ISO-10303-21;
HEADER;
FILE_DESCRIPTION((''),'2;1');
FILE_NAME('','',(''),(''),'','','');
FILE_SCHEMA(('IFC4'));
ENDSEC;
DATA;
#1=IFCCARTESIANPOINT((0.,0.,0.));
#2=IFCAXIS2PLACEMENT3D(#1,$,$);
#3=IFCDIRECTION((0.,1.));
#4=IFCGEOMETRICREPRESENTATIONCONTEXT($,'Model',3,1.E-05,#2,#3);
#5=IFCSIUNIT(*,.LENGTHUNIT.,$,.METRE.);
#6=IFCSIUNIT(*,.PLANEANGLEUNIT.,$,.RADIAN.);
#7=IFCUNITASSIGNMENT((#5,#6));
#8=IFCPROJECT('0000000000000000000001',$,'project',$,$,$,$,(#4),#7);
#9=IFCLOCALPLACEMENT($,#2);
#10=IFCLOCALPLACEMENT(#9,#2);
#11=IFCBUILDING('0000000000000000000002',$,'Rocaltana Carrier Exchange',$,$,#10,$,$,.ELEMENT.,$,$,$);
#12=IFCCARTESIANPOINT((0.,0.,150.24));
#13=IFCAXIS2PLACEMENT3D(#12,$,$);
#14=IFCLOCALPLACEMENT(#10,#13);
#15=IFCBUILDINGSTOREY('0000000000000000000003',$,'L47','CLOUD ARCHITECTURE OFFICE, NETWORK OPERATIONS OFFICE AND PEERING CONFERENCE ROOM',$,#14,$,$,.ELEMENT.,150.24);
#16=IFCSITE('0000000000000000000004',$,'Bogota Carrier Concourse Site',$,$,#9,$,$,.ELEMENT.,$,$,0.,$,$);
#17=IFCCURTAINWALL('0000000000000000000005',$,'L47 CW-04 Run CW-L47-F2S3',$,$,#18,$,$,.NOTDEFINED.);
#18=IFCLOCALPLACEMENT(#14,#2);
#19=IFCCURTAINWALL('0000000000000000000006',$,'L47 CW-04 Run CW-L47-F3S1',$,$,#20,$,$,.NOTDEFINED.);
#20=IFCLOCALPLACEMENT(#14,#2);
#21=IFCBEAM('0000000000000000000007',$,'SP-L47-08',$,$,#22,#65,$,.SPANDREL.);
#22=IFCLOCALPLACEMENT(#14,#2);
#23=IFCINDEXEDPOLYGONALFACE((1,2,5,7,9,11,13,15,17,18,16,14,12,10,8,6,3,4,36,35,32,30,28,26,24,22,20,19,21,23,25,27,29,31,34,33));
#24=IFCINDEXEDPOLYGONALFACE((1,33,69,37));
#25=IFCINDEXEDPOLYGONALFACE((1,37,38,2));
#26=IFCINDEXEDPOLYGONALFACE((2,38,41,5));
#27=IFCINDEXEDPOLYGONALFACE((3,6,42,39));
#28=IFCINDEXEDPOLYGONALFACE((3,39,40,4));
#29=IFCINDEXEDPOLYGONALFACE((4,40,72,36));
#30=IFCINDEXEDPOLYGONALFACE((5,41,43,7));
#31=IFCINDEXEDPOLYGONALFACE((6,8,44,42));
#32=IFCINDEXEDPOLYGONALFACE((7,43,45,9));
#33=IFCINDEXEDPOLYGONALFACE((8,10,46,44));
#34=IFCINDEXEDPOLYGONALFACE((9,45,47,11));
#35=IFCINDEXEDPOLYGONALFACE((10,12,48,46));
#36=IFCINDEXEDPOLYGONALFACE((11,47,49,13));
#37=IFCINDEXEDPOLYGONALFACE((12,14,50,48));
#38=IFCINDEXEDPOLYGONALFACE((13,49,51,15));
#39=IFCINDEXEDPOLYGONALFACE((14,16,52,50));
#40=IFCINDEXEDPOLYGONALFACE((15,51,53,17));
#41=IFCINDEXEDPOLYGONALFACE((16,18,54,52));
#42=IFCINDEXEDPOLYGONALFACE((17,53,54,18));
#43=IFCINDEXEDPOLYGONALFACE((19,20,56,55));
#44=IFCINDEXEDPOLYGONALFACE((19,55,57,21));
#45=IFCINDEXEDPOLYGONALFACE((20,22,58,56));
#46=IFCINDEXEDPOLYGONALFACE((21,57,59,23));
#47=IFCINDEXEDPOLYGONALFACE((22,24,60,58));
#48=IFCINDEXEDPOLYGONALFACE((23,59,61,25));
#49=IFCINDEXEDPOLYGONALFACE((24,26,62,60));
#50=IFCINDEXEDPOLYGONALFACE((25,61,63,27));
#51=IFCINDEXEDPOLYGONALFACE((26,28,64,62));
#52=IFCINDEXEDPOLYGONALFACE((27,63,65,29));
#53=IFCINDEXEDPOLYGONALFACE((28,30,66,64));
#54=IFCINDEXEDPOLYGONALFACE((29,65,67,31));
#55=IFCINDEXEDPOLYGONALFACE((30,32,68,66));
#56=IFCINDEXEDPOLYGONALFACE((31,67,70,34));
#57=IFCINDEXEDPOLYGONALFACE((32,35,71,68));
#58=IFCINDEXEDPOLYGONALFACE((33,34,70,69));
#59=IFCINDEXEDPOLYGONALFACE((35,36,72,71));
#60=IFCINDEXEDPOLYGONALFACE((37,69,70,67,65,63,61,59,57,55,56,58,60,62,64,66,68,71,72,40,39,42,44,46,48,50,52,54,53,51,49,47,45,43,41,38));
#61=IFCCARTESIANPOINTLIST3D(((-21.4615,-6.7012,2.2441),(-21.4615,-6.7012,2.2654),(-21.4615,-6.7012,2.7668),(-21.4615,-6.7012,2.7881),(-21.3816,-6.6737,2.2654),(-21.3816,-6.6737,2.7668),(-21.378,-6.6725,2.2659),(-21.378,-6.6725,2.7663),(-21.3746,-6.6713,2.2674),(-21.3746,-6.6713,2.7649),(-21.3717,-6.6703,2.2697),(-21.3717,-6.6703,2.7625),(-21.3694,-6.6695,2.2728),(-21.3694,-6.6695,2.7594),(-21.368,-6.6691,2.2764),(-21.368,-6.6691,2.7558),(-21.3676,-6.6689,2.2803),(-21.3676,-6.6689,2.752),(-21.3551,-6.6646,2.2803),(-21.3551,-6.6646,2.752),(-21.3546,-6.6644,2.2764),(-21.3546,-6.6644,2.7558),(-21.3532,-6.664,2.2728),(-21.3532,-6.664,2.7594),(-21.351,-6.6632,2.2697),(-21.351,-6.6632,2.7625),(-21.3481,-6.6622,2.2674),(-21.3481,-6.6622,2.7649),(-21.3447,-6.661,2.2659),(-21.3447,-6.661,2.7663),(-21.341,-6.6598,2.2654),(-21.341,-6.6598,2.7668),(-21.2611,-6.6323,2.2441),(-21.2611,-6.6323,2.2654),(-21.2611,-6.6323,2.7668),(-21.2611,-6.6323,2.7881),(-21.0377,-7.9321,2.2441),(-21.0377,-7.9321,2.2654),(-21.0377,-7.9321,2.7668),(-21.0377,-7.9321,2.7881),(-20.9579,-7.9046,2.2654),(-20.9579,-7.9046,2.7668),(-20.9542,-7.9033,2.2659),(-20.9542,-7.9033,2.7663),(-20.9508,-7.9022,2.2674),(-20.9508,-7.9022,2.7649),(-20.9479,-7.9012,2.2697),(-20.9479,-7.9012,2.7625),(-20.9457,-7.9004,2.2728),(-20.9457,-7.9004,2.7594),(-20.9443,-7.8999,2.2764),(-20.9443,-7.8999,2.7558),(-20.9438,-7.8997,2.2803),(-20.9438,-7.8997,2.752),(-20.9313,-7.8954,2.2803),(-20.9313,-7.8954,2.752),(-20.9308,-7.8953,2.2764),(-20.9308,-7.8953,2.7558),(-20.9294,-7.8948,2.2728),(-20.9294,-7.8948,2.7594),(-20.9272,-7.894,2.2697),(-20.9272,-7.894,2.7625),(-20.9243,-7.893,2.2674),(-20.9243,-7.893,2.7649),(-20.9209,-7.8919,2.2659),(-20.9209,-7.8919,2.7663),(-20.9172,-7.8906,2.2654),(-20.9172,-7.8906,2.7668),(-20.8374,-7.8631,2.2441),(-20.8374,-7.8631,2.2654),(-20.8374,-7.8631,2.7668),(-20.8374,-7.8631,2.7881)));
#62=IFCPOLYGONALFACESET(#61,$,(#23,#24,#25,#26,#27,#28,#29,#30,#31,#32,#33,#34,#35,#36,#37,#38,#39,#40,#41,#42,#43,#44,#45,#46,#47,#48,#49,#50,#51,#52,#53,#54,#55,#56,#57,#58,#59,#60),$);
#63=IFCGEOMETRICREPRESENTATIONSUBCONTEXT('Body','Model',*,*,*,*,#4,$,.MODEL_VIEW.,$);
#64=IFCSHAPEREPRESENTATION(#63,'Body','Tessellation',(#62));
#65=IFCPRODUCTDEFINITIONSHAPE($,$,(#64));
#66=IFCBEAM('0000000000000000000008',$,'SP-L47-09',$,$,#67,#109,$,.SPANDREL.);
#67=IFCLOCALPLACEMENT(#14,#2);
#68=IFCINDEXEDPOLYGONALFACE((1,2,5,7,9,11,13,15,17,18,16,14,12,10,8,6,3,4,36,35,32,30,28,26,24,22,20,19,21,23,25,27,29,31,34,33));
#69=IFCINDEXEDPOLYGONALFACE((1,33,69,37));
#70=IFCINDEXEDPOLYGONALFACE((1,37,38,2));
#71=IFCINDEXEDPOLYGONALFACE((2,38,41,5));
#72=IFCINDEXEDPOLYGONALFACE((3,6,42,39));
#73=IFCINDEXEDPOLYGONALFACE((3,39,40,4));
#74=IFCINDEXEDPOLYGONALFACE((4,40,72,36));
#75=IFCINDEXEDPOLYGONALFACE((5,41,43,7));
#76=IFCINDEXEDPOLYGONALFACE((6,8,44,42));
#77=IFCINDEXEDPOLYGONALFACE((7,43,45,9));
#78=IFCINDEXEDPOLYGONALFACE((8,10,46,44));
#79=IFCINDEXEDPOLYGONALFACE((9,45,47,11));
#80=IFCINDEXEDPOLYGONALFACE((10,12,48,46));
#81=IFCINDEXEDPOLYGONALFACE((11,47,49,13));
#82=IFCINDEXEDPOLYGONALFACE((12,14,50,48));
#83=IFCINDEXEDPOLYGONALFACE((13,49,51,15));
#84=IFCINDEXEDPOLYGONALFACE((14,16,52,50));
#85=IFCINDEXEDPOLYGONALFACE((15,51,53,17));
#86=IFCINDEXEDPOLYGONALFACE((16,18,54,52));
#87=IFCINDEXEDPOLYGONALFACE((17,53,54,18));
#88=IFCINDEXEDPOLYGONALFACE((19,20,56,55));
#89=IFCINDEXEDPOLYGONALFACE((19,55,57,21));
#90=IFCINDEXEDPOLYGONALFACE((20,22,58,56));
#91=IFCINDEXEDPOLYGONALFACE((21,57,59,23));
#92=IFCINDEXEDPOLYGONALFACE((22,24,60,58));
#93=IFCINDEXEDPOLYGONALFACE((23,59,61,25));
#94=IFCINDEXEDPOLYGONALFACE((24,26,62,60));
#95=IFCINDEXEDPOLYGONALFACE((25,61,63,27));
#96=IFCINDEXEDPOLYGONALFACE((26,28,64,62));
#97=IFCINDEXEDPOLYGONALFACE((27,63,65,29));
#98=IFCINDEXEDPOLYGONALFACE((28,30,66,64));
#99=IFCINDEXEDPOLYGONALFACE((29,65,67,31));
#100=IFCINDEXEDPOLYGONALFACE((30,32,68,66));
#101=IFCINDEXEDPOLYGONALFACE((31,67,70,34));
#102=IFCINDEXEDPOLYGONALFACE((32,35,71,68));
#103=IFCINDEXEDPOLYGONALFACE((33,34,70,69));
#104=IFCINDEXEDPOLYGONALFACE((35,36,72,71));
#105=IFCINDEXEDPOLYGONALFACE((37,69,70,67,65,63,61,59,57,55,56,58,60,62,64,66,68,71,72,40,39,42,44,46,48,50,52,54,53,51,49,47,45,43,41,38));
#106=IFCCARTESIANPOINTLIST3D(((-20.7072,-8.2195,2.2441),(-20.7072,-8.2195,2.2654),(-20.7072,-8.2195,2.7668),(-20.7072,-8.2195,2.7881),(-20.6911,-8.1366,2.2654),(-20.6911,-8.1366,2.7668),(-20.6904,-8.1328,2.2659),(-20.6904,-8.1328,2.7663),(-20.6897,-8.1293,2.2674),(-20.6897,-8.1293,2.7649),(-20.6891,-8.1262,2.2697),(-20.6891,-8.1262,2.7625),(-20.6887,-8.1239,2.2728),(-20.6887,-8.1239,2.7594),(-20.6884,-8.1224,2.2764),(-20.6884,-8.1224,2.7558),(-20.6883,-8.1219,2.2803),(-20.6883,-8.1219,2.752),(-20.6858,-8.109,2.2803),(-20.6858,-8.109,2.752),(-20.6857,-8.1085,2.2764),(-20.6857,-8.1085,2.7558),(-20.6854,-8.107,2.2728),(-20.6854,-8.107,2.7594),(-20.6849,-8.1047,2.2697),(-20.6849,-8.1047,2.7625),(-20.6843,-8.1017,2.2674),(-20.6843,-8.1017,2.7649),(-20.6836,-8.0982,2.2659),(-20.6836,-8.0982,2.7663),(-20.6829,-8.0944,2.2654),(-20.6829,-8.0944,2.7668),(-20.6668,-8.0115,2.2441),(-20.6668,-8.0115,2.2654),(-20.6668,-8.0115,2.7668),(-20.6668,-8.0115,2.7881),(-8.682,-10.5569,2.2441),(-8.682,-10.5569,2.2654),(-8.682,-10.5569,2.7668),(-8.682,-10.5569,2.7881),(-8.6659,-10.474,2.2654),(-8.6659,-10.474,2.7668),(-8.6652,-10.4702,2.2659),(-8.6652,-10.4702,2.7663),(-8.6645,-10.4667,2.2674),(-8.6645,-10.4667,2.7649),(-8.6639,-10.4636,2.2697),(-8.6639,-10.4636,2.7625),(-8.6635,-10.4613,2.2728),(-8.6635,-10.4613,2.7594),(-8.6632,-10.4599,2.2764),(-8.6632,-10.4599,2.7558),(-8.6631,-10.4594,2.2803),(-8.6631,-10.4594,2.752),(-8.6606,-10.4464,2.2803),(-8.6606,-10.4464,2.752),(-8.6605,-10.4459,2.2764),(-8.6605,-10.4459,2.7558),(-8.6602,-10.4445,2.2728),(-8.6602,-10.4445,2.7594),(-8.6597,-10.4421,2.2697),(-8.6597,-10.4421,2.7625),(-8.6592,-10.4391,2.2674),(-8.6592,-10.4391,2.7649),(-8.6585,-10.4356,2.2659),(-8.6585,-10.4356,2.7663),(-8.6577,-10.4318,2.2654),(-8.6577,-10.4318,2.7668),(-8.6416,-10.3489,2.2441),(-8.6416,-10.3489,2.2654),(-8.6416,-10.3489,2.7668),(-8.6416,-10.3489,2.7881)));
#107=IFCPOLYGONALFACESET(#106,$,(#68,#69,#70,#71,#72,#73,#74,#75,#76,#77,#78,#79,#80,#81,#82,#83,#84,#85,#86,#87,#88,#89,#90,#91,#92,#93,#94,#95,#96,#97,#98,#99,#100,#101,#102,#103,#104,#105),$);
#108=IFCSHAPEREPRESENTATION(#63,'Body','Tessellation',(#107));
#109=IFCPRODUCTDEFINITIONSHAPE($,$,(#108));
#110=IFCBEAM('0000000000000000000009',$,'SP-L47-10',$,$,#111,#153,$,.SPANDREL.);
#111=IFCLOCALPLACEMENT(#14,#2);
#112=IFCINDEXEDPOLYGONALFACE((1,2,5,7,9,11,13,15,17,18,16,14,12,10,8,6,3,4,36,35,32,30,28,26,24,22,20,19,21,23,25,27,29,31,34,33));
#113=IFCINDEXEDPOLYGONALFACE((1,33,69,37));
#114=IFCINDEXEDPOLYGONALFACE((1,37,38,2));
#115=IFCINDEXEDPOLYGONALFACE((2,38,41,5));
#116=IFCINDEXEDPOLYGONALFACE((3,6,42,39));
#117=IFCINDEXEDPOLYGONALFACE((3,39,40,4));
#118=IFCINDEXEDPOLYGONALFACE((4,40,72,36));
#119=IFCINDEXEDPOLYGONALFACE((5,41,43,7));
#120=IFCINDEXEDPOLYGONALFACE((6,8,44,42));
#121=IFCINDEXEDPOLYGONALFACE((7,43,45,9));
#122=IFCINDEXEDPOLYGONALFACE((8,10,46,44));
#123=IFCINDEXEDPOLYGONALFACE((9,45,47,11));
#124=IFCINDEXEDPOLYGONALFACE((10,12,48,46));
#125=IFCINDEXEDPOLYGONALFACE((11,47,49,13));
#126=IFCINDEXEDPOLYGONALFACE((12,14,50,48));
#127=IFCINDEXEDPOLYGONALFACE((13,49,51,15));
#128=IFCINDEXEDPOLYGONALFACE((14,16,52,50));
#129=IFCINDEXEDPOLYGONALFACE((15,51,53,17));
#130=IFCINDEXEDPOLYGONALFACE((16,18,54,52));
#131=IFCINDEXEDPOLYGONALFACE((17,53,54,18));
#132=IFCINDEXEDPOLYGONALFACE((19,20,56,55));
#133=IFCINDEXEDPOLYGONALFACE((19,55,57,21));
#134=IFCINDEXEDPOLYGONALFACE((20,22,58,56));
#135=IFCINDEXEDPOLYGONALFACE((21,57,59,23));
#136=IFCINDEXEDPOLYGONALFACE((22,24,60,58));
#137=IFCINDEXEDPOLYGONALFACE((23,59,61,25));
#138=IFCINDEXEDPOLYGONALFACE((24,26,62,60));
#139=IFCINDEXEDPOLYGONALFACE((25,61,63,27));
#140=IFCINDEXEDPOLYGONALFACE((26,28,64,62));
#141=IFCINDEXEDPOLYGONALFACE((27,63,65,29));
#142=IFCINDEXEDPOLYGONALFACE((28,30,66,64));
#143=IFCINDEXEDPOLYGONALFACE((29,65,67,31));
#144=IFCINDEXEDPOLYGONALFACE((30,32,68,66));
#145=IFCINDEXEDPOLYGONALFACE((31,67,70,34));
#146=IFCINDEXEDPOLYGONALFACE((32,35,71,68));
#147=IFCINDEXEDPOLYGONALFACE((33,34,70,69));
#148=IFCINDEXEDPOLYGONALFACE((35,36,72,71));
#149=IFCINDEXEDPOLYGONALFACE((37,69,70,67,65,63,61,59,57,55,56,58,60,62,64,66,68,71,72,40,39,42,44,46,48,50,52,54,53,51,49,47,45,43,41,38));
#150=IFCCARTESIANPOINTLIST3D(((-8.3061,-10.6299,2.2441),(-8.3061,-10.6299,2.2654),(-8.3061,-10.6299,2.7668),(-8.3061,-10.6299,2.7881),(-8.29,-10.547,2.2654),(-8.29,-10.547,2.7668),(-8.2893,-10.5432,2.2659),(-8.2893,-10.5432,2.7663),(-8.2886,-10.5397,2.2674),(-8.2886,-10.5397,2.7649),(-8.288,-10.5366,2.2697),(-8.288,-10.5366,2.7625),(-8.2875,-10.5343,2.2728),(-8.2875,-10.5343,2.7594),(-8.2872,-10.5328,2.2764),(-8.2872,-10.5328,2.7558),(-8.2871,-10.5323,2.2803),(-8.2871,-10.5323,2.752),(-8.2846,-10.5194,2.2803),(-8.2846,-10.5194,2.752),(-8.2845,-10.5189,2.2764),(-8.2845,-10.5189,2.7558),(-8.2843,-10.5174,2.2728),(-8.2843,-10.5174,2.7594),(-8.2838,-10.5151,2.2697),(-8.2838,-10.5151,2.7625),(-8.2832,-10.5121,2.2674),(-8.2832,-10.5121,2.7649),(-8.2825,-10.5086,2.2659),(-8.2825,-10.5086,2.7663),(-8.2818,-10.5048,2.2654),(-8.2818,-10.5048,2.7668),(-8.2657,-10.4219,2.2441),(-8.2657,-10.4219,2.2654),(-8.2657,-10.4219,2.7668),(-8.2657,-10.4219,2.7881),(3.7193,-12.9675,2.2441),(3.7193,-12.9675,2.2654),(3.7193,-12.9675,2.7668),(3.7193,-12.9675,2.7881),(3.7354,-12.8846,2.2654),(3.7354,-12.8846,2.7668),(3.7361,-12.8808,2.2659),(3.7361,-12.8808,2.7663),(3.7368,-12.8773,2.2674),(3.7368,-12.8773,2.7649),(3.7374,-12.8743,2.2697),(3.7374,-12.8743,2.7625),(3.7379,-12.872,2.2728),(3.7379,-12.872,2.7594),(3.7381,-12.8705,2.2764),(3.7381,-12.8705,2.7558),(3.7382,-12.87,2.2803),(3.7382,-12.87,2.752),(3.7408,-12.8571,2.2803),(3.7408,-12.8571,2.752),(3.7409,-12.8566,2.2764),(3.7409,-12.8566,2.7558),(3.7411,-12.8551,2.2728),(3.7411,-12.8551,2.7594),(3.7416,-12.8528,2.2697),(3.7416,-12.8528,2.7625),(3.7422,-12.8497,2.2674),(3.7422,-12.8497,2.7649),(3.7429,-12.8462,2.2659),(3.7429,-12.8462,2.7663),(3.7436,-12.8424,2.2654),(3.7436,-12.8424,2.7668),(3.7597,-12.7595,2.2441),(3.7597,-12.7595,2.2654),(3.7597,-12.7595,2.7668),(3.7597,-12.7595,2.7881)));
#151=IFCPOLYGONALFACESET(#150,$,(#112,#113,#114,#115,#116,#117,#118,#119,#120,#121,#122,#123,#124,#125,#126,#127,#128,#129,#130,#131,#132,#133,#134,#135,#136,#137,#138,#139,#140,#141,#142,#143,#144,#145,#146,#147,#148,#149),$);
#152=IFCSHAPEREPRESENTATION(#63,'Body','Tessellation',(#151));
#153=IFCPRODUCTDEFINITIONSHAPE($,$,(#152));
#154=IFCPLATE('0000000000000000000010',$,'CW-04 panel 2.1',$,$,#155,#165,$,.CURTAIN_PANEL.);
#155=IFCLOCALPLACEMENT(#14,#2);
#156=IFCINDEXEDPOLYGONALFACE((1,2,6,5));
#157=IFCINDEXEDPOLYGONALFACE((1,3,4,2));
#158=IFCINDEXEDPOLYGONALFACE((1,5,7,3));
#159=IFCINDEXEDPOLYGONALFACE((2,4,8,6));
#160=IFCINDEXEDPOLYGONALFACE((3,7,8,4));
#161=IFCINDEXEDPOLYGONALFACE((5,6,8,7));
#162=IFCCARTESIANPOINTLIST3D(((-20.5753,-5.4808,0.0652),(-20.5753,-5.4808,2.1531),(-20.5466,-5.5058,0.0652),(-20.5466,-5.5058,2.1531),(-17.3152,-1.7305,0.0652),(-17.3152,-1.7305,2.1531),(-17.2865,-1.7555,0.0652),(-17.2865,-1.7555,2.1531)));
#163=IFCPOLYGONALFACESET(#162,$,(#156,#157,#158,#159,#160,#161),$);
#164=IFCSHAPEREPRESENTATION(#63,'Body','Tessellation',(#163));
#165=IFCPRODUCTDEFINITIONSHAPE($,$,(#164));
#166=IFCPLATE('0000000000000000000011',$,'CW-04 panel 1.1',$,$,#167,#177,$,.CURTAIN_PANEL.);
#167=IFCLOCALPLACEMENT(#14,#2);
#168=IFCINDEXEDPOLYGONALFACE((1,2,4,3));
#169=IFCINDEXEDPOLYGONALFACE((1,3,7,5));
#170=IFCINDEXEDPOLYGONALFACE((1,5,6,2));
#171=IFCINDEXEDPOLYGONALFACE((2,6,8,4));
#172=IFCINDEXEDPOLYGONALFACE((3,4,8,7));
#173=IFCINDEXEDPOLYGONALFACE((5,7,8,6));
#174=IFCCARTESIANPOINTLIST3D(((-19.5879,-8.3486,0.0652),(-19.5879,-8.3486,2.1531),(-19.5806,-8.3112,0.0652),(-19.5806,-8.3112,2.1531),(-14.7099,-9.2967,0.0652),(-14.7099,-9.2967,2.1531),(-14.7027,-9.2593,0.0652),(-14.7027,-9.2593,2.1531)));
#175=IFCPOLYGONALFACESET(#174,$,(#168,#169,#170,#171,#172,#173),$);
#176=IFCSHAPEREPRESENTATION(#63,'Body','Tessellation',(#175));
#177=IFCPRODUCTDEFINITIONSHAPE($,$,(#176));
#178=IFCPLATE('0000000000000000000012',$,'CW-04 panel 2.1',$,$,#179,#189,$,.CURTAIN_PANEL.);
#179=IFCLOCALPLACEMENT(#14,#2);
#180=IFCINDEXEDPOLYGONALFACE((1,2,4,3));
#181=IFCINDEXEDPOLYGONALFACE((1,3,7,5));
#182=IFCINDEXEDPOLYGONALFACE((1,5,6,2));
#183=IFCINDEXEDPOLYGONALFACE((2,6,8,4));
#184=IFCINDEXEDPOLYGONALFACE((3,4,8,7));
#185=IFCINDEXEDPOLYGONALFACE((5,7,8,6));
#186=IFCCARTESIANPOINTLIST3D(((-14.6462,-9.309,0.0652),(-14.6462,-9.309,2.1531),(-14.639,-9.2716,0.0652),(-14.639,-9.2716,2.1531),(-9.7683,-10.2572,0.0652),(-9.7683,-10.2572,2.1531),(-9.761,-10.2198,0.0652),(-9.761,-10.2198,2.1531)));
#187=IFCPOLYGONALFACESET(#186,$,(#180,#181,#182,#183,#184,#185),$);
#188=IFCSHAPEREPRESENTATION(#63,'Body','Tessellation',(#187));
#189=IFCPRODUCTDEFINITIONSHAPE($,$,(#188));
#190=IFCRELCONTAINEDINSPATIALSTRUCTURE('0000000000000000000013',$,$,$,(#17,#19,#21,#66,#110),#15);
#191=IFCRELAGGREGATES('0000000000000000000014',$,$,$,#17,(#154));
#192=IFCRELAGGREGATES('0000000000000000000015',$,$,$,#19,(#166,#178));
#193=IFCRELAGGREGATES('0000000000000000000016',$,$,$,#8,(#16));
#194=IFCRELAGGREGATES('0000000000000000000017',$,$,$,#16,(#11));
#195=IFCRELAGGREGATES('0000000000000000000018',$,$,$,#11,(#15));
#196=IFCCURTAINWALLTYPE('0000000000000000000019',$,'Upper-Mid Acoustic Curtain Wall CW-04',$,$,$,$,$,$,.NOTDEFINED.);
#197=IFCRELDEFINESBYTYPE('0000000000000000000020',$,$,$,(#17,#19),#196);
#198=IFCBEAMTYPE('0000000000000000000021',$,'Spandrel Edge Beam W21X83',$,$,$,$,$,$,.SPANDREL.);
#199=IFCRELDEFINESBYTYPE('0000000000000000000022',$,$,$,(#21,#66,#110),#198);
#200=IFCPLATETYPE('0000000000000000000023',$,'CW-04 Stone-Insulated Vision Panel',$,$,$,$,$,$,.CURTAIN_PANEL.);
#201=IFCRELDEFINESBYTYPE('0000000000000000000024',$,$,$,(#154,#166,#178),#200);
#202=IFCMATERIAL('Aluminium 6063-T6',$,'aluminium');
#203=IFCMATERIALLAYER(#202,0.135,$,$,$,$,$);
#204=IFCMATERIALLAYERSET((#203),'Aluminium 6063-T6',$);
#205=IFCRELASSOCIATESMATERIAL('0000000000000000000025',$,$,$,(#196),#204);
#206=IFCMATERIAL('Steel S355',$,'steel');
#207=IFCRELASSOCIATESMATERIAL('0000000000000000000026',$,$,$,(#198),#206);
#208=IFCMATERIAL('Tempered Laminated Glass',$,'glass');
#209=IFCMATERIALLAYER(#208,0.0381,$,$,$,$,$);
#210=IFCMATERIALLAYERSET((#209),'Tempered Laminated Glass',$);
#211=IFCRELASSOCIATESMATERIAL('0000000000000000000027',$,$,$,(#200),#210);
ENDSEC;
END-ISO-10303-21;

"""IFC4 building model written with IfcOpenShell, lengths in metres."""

from ifc_helpers import new_model, si_unit, direction, frame, origin, origin_2d, place, context, subcontext, project, spatial, rectangle, i_section, extrude, material, layer, layer_set, material_profile, profile_set, type_object, element, aggregate, save


model = new_model("IFC4")

# Units and contexts
model_context = context("Model", 3, precision=1e-05, world=origin(), true_north=direction((0.0, 1.0)))
body_context = subcontext(model_context, "Body", "Model", "MODEL_VIEW")
ifc_project = project(units=[si_unit("LENGTHUNIT", "METRE"), si_unit("PLANEANGLEUNIT", "RADIAN")], contexts=[model_context])

# Site, building, storey
site_placement = place(None, origin())
site = spatial("IfcSite", under=ifc_project, at=site_placement, Name="Bogota Carrier Concourse Site", CompositionType="ELEMENT", RefElevation=0.0)
building_placement = place(site_placement, origin())
building = spatial("IfcBuilding", under=site, at=building_placement, Name="Rocaltana Carrier Exchange", CompositionType="ELEMENT")
storey_placement = place(building_placement, frame((0.0, 0.0, 150.24)))
storey = spatial("IfcBuildingStorey", under=building, at=storey_placement, Name="L47", Description="CLOUD ARCHITECTURE OFFICE, NETWORK OPERATIONS OFFICE AND PEERING CONFERENCE ROOM", CompositionType="ELEMENT", Elevation=150.24)

# Curtain walls
ifc_material_1 = material(Name="Aluminium 6063-T6", Category="aluminium")
ifc_layer_1 = layer(ifc_material_1, 0.135)
ifc_layer_set_1 = layer_set([ifc_layer_1], Name="Aluminium 6063-T6")
curtain_wall_type = type_object("IfcCurtainWallType", Name="Upper-Mid Acoustic Curtain Wall CW-04", PredefinedType="NOTDEFINED", material=ifc_layer_set_1)
curtain_wall_1_placement = place(storey_placement, origin())
curtain_wall_1 = element("IfcCurtainWall", 1, at=curtain_wall_1_placement, inside=storey, type_object=curtain_wall_type, Name="L47 CW-04 Run CW-L47-F2S3", PredefinedType="NOTDEFINED")
curtain_wall_2_placement = place(storey_placement, origin())
curtain_wall_2 = element("IfcCurtainWall", 2, at=curtain_wall_2_placement, inside=storey, type_object=curtain_wall_type, Name="L47 CW-04 Run CW-L47-F3S1", PredefinedType="NOTDEFINED")

# Beams
ifc_material_2 = material(Name="Steel S355", Category="steel")
ifc_material_profile_1 = material_profile(ifc_material_2, i_section(OverallWidth=0.2119, OverallDepth=0.5439, WebThickness=0.0132, FlangeThickness=0.0212, FilletRadius=0.0149, at=origin_2d()), Name="W21X83")
ifc_profile_set_1 = profile_set([ifc_material_profile_1], Name="Steel S355")
beam_type_1 = type_object("IfcBeamType", Name="Spandrel Edge Beam W21X83", PredefinedType="SPANDREL", material=ifc_profile_set_1)
beam_1_placement = place(storey_placement, frame((-21.3613, -6.6667, 2.5161), z_axis=(0.325551, -0.945524, 0.0), x_axis=(0.945524, 0.325551, 0.0)))
element("IfcBeam", 3, at=beam_1_placement, inside=storey, type_object=beam_type_1, Name="SP-L47-08", PredefinedType="SPANDREL", context=body_context, shape_type="SweptSolid", body=[
    extrude(i_section(OverallWidth=0.2119, OverallDepth=0.5439, WebThickness=0.0132, FlangeThickness=0.0212, FilletRadius=0.0149, at=origin_2d()), origin(), (0.0, 0.0, 1.0), 1.3018),
])
beam_2_placement = place(storey_placement, frame((-20.687, -8.1155, 2.5161), z_axis=(0.981628, -0.190805, 0.0), x_axis=(0.190805, 0.981628, 0.0)))
element("IfcBeam", 4, at=beam_2_placement, inside=storey, type_object=beam_type_1, Name="SP-L47-09", PredefinedType="SPANDREL", context=body_context, shape_type="SweptSolid", body=[
    extrude(i_section(OverallWidth=0.2119, OverallDepth=0.5439, WebThickness=0.0132, FlangeThickness=0.0212, FilletRadius=0.0149, at=origin_2d()), origin(), (0.0, 0.0, 1.0), 12.2502),
])
beam_3_placement = place(storey_placement, frame((-8.2859, -10.5259, 2.5161), z_axis=(0.981625, -0.190821, 0.0), x_axis=(0.190821, 0.981625, 0.0)))
element("IfcBeam", 5, at=beam_3_placement, inside=storey, type_object=beam_type_1, Name="SP-L47-10", PredefinedType="SPANDREL", context=body_context, shape_type="SweptSolid", body=[
    extrude(i_section(OverallWidth=0.2119, OverallDepth=0.5439, WebThickness=0.0132, FlangeThickness=0.0212, FilletRadius=0.0149, at=origin_2d()), origin(), (0.0, 0.0, 1.0), 12.2505),
])

# Plates
ifc_material_3 = material(Name="Tempered Laminated Glass", Category="glass")
ifc_layer_2 = layer(ifc_material_3, 0.0381)
ifc_layer_set_2 = layer_set([ifc_layer_2], Name="Tempered Laminated Glass")
plate_type = type_object("IfcPlateType", Name="CW-04 Stone-Insulated Vision Panel", PredefinedType="CURTAIN_PANEL", material=ifc_layer_set_2)
plate_1_placement = place(storey_placement, frame((-18.9309, -3.6182, 0.0652), z_axis=(0.0, 0.0, 1.0), x_axis=(-0.656057, -0.754712, 0.0)))
plate_1 = element("IfcPlate", 6, at=plate_1_placement, type_object=plate_type, Name="CW-04 panel 2.1", PredefinedType="CURTAIN_PANEL", context=body_context, shape_type="SweptSolid", body=[
    extrude(rectangle(XDim=4.9692, YDim=0.0381, at=origin_2d()), origin(), (0.0, 0.0, 1.0), 2.0879),
])
aggregate(curtain_wall_1, [plate_1])
plate_2_placement = place(storey_placement, frame((-17.1453, -8.804, 0.0652), z_axis=(0.0, 0.0, 1.0), x_axis=(0.981628, -0.190803, 0.0)))
plate_2 = element("IfcPlate", 7, at=plate_2_placement, type_object=plate_type, Name="CW-04 panel 1.1", PredefinedType="CURTAIN_PANEL", context=body_context, shape_type="SweptSolid", body=[
    extrude(rectangle(XDim=4.9692, YDim=0.0381, at=origin_2d()), origin(), (0.0, 0.0, 1.0), 2.0879),
])
plate_3_placement = place(storey_placement, frame((-12.2036, -9.7644, 0.0652), z_axis=(0.0, 0.0, 1.0), x_axis=(0.981628, -0.190803, 0.0)))
plate_3 = element("IfcPlate", 8, at=plate_3_placement, type_object=plate_type, Name="CW-04 panel 2.1", PredefinedType="CURTAIN_PANEL", context=body_context, shape_type="SweptSolid", body=[
    extrude(rectangle(XDim=4.9692, YDim=0.0381, at=origin_2d()), origin(), (0.0, 0.0, 1.0), 2.0879),
])
aggregate(curtain_wall_2, [plate_2, plate_3])

save(model, "model.ifc")
